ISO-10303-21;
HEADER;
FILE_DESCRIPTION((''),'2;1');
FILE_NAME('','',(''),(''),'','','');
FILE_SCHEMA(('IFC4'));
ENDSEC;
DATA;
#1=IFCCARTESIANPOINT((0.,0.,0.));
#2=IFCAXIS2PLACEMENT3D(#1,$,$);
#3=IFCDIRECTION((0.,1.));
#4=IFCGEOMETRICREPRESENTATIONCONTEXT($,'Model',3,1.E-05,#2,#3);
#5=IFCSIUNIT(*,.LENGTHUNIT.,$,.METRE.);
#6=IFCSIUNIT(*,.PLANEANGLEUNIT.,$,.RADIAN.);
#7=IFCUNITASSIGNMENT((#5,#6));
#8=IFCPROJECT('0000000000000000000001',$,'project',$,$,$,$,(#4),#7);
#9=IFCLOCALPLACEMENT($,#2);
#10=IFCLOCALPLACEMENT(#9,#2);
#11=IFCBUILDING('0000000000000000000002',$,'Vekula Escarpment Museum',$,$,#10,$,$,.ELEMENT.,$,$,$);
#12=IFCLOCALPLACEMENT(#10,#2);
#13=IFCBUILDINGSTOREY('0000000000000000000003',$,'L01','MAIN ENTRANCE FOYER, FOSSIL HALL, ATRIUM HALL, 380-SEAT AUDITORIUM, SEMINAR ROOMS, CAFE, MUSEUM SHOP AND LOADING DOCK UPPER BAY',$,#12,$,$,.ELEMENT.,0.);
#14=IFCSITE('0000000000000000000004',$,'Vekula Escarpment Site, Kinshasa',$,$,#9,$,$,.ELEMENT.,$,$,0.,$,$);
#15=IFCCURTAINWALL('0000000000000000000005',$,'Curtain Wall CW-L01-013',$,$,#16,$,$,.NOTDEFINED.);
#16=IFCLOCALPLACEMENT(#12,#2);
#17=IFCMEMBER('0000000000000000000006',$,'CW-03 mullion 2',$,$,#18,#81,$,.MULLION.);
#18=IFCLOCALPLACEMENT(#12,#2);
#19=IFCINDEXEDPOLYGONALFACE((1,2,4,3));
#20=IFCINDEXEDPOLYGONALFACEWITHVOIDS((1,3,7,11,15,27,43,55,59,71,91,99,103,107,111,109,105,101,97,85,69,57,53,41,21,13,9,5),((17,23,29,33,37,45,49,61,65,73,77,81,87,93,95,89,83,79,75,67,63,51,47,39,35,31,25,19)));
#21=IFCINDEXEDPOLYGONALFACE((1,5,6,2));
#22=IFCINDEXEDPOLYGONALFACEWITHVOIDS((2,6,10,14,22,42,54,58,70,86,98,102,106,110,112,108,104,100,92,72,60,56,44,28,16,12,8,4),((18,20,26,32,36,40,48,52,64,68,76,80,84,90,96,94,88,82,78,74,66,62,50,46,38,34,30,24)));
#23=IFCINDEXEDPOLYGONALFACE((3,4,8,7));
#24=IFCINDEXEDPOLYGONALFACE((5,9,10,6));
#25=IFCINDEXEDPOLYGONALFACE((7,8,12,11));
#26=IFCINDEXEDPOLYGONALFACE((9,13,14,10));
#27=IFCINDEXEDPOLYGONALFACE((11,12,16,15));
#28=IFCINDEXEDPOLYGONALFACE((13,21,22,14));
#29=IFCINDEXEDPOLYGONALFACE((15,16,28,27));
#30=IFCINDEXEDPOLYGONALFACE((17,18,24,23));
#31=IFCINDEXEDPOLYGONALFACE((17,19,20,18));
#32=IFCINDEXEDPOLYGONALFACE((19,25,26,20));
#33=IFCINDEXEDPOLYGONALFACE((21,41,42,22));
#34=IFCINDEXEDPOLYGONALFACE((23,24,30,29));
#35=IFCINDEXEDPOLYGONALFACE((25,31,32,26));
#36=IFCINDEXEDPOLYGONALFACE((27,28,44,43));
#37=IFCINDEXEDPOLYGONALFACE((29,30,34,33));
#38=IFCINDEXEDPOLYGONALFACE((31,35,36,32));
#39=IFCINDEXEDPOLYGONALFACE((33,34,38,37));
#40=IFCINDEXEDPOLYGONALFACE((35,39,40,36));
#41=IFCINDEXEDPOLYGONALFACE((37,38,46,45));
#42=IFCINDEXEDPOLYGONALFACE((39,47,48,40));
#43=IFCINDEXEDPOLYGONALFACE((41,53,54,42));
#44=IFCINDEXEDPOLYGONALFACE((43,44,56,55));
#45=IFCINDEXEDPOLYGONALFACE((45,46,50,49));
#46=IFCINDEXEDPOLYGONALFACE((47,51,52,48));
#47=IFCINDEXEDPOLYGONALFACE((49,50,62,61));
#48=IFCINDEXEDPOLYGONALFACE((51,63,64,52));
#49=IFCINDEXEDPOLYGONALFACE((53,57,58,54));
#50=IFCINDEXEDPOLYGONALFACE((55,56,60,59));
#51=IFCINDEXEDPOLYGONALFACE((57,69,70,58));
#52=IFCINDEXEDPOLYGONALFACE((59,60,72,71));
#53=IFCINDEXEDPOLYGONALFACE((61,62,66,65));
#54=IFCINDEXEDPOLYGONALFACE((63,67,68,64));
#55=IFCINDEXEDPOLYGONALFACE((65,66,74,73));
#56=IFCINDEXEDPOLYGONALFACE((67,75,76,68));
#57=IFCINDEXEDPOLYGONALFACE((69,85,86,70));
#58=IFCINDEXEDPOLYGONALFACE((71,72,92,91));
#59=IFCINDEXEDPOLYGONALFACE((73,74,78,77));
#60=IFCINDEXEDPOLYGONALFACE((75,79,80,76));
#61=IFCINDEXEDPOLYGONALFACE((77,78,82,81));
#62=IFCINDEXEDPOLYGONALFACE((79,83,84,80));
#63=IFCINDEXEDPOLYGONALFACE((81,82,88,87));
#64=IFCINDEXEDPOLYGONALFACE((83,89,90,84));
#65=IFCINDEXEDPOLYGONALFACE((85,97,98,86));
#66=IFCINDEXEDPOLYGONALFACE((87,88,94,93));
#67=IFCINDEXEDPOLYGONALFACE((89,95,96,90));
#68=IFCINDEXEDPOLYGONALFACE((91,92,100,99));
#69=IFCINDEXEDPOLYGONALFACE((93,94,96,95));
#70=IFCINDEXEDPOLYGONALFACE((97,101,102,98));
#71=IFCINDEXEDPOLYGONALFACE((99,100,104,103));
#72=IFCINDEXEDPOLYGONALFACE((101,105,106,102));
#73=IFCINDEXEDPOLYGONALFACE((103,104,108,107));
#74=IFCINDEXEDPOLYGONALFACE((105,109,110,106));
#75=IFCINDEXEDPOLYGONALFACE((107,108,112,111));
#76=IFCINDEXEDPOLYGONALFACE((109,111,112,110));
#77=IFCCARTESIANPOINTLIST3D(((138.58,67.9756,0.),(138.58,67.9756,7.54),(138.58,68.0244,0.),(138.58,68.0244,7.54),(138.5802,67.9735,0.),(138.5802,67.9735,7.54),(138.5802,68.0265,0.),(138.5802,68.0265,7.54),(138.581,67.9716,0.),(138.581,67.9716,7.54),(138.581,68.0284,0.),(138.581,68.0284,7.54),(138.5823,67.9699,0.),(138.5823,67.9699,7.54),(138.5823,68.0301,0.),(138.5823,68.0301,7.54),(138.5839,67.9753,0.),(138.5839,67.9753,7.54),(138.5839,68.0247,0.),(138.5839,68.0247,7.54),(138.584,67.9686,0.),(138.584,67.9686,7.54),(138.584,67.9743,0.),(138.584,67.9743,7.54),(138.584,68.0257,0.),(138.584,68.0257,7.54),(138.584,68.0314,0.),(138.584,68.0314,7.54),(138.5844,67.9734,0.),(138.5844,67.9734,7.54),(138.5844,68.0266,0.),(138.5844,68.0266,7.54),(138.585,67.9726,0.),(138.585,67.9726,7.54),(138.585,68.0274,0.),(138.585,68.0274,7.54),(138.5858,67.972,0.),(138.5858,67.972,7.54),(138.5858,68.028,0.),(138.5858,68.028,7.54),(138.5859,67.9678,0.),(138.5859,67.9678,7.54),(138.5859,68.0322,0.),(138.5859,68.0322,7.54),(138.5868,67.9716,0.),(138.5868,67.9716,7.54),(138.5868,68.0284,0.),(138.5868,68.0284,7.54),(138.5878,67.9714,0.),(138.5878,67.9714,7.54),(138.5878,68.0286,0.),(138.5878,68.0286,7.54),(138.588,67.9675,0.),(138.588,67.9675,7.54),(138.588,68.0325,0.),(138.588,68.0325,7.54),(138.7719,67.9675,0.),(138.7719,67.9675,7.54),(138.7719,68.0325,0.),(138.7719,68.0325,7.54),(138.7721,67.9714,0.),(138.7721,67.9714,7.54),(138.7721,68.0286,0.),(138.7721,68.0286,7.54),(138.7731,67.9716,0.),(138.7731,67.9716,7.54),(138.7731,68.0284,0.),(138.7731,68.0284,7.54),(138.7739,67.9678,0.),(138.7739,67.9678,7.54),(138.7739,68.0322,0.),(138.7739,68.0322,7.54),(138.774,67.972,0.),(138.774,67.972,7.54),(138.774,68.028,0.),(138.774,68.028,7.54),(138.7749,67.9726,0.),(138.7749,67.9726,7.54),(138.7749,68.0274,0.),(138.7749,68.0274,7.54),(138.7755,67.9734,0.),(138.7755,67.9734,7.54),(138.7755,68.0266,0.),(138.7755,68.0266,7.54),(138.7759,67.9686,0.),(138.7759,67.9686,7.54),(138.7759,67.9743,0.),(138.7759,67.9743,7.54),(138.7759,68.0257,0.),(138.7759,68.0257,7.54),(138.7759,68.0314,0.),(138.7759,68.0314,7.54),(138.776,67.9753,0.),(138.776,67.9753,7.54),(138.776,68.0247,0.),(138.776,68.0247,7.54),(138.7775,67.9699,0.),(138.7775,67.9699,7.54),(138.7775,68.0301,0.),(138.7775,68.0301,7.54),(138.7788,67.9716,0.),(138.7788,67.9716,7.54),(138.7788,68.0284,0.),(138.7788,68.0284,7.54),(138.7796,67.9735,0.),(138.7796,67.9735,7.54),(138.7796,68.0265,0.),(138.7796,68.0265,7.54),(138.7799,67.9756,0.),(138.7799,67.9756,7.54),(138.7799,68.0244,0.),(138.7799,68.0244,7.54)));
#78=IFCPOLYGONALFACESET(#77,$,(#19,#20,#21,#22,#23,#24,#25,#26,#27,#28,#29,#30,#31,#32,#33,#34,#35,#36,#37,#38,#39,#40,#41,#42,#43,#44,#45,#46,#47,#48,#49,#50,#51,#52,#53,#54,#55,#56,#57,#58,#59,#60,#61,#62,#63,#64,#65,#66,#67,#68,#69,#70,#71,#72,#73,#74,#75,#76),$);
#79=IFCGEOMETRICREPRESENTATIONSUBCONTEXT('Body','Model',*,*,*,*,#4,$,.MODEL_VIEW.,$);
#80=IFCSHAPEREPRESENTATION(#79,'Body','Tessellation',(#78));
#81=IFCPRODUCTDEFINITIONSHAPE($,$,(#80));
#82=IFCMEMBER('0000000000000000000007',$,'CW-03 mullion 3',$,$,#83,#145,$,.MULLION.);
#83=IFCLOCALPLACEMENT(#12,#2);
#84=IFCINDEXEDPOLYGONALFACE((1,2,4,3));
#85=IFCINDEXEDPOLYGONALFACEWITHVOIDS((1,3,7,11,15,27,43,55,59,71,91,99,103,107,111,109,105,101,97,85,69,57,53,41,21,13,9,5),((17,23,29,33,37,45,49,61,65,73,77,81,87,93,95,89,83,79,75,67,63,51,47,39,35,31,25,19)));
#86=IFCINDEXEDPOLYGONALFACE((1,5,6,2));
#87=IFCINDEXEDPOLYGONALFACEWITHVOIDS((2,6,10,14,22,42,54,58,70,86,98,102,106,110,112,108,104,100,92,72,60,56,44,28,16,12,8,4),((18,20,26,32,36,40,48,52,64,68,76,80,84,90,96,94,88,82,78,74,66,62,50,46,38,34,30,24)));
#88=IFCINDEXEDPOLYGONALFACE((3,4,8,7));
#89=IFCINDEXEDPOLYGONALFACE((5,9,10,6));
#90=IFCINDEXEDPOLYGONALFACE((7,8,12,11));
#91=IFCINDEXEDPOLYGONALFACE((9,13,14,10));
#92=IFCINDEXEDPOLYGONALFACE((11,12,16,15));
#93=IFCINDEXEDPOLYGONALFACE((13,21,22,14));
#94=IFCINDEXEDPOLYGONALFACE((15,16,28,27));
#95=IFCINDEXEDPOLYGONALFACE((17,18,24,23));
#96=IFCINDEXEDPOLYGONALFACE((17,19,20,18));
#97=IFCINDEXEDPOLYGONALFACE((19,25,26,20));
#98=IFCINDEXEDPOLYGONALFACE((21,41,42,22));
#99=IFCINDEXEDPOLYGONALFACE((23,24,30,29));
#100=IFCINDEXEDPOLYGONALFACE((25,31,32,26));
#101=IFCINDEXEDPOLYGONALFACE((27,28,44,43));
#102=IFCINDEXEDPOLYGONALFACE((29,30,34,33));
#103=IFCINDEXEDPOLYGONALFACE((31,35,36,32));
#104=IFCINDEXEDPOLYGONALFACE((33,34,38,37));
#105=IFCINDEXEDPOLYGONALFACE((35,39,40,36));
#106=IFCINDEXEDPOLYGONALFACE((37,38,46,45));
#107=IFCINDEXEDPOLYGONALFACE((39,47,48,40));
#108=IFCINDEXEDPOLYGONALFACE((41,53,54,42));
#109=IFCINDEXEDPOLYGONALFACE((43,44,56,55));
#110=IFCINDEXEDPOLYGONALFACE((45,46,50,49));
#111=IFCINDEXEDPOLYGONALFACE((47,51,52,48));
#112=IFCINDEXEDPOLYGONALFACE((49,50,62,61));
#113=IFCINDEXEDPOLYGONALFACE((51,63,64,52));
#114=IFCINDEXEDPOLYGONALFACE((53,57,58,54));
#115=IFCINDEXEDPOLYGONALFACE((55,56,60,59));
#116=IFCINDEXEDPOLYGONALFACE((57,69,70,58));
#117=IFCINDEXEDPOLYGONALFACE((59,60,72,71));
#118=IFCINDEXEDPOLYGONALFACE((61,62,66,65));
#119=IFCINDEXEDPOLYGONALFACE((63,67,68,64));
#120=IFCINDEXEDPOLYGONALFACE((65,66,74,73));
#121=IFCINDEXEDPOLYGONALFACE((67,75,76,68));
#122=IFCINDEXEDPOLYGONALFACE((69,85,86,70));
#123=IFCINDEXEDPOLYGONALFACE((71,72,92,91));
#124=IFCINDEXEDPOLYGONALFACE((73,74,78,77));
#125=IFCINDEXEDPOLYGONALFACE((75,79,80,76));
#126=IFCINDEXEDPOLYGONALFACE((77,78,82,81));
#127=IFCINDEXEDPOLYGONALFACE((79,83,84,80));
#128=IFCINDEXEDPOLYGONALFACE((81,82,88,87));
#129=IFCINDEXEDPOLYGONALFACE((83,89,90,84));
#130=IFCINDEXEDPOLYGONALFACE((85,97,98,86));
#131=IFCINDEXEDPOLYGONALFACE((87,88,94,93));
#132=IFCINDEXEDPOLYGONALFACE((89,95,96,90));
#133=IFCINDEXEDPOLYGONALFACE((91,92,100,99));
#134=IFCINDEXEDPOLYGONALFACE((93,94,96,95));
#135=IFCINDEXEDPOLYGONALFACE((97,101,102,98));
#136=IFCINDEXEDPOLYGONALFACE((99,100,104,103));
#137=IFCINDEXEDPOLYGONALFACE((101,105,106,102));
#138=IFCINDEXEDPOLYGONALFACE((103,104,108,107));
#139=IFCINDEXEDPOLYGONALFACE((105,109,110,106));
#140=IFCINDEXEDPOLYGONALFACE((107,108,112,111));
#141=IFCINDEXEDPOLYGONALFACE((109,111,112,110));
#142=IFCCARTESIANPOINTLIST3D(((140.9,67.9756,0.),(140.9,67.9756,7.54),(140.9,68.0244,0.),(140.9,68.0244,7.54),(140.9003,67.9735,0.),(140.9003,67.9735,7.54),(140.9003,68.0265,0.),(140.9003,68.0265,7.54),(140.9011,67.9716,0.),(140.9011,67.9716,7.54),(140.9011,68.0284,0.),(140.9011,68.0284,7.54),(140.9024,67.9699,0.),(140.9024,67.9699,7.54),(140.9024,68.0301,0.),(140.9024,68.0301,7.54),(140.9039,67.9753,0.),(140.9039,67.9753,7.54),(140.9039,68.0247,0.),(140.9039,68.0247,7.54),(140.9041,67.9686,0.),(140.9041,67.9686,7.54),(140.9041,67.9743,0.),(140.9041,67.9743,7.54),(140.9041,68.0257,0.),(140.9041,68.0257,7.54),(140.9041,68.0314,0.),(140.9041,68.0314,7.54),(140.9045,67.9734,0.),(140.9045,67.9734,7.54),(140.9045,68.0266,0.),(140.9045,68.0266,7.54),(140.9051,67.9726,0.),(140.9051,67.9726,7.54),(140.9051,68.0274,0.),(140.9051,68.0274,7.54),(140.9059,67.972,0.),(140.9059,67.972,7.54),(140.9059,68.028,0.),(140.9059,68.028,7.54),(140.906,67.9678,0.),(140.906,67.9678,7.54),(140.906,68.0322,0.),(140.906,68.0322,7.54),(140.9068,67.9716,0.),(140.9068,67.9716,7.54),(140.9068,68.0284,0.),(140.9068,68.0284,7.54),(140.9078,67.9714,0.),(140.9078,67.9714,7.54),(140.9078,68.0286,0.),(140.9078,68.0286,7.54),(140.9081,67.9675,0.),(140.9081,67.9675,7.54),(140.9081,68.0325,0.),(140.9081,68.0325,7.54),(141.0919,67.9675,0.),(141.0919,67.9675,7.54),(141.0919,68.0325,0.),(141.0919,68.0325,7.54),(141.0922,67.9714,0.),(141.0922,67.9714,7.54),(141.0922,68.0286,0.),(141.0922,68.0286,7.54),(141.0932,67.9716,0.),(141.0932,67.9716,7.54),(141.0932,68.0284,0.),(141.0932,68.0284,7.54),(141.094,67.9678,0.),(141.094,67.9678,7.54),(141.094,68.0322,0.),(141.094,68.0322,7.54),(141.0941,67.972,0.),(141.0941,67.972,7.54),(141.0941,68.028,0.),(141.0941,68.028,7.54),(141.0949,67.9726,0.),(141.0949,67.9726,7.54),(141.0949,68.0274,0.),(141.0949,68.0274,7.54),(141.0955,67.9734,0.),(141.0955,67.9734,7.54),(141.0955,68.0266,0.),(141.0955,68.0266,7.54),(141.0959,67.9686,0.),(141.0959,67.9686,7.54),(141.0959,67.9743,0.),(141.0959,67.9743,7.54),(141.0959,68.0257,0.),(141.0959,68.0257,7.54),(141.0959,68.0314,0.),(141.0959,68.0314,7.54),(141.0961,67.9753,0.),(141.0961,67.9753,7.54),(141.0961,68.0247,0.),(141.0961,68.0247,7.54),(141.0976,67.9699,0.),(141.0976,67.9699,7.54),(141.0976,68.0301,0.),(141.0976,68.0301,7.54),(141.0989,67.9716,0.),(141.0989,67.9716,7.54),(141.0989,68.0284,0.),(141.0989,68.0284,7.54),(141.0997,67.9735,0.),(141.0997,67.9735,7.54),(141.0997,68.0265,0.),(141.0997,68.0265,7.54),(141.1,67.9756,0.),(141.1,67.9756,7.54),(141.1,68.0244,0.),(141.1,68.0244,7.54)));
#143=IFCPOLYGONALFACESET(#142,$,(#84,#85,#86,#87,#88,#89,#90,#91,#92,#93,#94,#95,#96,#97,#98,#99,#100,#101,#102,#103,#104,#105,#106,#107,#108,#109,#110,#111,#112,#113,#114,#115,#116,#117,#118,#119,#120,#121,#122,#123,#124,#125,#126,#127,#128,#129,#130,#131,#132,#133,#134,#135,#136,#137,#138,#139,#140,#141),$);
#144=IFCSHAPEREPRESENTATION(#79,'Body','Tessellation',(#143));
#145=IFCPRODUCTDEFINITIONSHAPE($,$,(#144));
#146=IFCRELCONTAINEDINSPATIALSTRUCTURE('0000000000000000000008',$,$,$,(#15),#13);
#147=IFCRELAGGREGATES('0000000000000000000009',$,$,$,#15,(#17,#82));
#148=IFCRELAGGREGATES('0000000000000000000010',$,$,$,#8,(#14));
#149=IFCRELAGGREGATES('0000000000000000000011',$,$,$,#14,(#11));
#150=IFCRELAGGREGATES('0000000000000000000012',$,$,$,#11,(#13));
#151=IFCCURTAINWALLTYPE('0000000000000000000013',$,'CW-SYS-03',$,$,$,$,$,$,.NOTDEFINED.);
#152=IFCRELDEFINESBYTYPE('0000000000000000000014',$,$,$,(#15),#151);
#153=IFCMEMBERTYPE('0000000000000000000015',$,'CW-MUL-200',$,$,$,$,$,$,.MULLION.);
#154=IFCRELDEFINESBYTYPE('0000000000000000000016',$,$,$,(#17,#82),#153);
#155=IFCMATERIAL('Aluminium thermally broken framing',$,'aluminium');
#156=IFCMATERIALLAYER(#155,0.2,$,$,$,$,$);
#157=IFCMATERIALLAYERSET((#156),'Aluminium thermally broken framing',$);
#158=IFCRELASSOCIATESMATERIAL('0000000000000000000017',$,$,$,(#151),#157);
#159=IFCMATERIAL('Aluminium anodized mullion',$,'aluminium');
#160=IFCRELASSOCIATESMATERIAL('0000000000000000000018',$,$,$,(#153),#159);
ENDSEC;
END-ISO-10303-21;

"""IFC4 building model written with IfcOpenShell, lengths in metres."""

from ifc_helpers import new_model, si_unit, direction, frame, origin, origin_2d, place, context, subcontext, project, spatial, hollow_rectangle, extrude, material, layer, layer_set, material_profile, profile_set, type_object, element, aggregate, save


model = new_model("IFC4")

# Units and contexts
model_context = context("Model", 3, precision=1e-05, world=origin(), true_north=direction((0.0, 1.0)))
body_context = subcontext(model_context, "Body", "Model", "MODEL_VIEW")
ifc_project = project(units=[si_unit("LENGTHUNIT", "METRE"), si_unit("PLANEANGLEUNIT", "RADIAN")], contexts=[model_context])

# Site, building, storey
site_placement = place(None, origin())
site = spatial("IfcSite", under=ifc_project, at=site_placement, Name="Vekula Escarpment Site, Kinshasa", CompositionType="ELEMENT", RefElevation=0.0)
building_placement = place(site_placement, origin())
building = spatial("IfcBuilding", under=site, at=building_placement, Name="Vekula Escarpment Museum", CompositionType="ELEMENT")
storey_placement = place(building_placement, origin())
storey = spatial("IfcBuildingStorey", under=building, at=storey_placement, Name="L01", Description="MAIN ENTRANCE FOYER, FOSSIL HALL, ATRIUM HALL, 380-SEAT AUDITORIUM, SEMINAR ROOMS, CAFE, MUSEUM SHOP AND LOADING DOCK UPPER BAY", CompositionType="ELEMENT", Elevation=0.0)

# Curtain wall, members
ifc_material_1 = material(Name="Aluminium thermally broken framing", Category="aluminium")
ifc_layer_1 = layer(ifc_material_1, 0.2)
ifc_layer_set_1 = layer_set([ifc_layer_1], Name="Aluminium thermally broken framing")
curtain_wall_type = type_object("IfcCurtainWallType", Name="CW-SYS-03", PredefinedType="NOTDEFINED", material=ifc_layer_set_1)
curtain_wall_placement = place(storey_placement, origin())
curtain_wall = element("IfcCurtainWall", 1, at=curtain_wall_placement, inside=storey, type_object=curtain_wall_type, Name="Curtain Wall CW-L01-013", PredefinedType="NOTDEFINED")
ifc_material_2 = material(Name="Aluminium anodized mullion", Category="aluminium")
ifc_material_profile_1 = material_profile(ifc_material_2, hollow_rectangle(XDim=0.0649, YDim=0.2, WallThickness=0.0039, InnerFilletRadius=0.0039, OuterFilletRadius=0.0081, at=origin_2d()), Name="ALU 200x65x4")
ifc_profile_set_1 = profile_set([ifc_material_profile_1], Name="Aluminium anodized mullion")
member_type_1 = type_object("IfcMemberType", Name="CW-MUL-200", PredefinedType="MULLION", material=ifc_profile_set_1)
member_1_placement = place(storey_placement, frame((138.6799, 68.0, 0.0), z_axis=(0.0, 0.0, 1.0), x_axis=(0.0, 1.0, 0.0)))
member_1 = element("IfcMember", 2, at=member_1_placement, type_object=member_type_1, Name="CW-03 mullion 2", PredefinedType="MULLION", context=body_context, shape_type="SweptSolid", body=[
    extrude(hollow_rectangle(XDim=0.0649, YDim=0.2, WallThickness=0.0039, InnerFilletRadius=0.0039, OuterFilletRadius=0.0081, at=origin_2d()), origin(), (0.0, 0.0, 1.0), 7.54),
])
member_2_placement = place(storey_placement, frame((141.0, 68.0, 0.0), z_axis=(0.0, 0.0, 1.0), x_axis=(0.0, 1.0, 0.0)))
member_2 = element("IfcMember", 3, at=member_2_placement, type_object=member_type_1, Name="CW-03 mullion 3", PredefinedType="MULLION", context=body_context, shape_type="SweptSolid", body=[
    extrude(hollow_rectangle(XDim=0.0649, YDim=0.2, WallThickness=0.0039, InnerFilletRadius=0.0039, OuterFilletRadius=0.0081, at=origin_2d()), origin(), (0.0, 0.0, 1.0), 7.54),
])
aggregate(curtain_wall, [member_1, member_2])

save(model, "model.ifc")
